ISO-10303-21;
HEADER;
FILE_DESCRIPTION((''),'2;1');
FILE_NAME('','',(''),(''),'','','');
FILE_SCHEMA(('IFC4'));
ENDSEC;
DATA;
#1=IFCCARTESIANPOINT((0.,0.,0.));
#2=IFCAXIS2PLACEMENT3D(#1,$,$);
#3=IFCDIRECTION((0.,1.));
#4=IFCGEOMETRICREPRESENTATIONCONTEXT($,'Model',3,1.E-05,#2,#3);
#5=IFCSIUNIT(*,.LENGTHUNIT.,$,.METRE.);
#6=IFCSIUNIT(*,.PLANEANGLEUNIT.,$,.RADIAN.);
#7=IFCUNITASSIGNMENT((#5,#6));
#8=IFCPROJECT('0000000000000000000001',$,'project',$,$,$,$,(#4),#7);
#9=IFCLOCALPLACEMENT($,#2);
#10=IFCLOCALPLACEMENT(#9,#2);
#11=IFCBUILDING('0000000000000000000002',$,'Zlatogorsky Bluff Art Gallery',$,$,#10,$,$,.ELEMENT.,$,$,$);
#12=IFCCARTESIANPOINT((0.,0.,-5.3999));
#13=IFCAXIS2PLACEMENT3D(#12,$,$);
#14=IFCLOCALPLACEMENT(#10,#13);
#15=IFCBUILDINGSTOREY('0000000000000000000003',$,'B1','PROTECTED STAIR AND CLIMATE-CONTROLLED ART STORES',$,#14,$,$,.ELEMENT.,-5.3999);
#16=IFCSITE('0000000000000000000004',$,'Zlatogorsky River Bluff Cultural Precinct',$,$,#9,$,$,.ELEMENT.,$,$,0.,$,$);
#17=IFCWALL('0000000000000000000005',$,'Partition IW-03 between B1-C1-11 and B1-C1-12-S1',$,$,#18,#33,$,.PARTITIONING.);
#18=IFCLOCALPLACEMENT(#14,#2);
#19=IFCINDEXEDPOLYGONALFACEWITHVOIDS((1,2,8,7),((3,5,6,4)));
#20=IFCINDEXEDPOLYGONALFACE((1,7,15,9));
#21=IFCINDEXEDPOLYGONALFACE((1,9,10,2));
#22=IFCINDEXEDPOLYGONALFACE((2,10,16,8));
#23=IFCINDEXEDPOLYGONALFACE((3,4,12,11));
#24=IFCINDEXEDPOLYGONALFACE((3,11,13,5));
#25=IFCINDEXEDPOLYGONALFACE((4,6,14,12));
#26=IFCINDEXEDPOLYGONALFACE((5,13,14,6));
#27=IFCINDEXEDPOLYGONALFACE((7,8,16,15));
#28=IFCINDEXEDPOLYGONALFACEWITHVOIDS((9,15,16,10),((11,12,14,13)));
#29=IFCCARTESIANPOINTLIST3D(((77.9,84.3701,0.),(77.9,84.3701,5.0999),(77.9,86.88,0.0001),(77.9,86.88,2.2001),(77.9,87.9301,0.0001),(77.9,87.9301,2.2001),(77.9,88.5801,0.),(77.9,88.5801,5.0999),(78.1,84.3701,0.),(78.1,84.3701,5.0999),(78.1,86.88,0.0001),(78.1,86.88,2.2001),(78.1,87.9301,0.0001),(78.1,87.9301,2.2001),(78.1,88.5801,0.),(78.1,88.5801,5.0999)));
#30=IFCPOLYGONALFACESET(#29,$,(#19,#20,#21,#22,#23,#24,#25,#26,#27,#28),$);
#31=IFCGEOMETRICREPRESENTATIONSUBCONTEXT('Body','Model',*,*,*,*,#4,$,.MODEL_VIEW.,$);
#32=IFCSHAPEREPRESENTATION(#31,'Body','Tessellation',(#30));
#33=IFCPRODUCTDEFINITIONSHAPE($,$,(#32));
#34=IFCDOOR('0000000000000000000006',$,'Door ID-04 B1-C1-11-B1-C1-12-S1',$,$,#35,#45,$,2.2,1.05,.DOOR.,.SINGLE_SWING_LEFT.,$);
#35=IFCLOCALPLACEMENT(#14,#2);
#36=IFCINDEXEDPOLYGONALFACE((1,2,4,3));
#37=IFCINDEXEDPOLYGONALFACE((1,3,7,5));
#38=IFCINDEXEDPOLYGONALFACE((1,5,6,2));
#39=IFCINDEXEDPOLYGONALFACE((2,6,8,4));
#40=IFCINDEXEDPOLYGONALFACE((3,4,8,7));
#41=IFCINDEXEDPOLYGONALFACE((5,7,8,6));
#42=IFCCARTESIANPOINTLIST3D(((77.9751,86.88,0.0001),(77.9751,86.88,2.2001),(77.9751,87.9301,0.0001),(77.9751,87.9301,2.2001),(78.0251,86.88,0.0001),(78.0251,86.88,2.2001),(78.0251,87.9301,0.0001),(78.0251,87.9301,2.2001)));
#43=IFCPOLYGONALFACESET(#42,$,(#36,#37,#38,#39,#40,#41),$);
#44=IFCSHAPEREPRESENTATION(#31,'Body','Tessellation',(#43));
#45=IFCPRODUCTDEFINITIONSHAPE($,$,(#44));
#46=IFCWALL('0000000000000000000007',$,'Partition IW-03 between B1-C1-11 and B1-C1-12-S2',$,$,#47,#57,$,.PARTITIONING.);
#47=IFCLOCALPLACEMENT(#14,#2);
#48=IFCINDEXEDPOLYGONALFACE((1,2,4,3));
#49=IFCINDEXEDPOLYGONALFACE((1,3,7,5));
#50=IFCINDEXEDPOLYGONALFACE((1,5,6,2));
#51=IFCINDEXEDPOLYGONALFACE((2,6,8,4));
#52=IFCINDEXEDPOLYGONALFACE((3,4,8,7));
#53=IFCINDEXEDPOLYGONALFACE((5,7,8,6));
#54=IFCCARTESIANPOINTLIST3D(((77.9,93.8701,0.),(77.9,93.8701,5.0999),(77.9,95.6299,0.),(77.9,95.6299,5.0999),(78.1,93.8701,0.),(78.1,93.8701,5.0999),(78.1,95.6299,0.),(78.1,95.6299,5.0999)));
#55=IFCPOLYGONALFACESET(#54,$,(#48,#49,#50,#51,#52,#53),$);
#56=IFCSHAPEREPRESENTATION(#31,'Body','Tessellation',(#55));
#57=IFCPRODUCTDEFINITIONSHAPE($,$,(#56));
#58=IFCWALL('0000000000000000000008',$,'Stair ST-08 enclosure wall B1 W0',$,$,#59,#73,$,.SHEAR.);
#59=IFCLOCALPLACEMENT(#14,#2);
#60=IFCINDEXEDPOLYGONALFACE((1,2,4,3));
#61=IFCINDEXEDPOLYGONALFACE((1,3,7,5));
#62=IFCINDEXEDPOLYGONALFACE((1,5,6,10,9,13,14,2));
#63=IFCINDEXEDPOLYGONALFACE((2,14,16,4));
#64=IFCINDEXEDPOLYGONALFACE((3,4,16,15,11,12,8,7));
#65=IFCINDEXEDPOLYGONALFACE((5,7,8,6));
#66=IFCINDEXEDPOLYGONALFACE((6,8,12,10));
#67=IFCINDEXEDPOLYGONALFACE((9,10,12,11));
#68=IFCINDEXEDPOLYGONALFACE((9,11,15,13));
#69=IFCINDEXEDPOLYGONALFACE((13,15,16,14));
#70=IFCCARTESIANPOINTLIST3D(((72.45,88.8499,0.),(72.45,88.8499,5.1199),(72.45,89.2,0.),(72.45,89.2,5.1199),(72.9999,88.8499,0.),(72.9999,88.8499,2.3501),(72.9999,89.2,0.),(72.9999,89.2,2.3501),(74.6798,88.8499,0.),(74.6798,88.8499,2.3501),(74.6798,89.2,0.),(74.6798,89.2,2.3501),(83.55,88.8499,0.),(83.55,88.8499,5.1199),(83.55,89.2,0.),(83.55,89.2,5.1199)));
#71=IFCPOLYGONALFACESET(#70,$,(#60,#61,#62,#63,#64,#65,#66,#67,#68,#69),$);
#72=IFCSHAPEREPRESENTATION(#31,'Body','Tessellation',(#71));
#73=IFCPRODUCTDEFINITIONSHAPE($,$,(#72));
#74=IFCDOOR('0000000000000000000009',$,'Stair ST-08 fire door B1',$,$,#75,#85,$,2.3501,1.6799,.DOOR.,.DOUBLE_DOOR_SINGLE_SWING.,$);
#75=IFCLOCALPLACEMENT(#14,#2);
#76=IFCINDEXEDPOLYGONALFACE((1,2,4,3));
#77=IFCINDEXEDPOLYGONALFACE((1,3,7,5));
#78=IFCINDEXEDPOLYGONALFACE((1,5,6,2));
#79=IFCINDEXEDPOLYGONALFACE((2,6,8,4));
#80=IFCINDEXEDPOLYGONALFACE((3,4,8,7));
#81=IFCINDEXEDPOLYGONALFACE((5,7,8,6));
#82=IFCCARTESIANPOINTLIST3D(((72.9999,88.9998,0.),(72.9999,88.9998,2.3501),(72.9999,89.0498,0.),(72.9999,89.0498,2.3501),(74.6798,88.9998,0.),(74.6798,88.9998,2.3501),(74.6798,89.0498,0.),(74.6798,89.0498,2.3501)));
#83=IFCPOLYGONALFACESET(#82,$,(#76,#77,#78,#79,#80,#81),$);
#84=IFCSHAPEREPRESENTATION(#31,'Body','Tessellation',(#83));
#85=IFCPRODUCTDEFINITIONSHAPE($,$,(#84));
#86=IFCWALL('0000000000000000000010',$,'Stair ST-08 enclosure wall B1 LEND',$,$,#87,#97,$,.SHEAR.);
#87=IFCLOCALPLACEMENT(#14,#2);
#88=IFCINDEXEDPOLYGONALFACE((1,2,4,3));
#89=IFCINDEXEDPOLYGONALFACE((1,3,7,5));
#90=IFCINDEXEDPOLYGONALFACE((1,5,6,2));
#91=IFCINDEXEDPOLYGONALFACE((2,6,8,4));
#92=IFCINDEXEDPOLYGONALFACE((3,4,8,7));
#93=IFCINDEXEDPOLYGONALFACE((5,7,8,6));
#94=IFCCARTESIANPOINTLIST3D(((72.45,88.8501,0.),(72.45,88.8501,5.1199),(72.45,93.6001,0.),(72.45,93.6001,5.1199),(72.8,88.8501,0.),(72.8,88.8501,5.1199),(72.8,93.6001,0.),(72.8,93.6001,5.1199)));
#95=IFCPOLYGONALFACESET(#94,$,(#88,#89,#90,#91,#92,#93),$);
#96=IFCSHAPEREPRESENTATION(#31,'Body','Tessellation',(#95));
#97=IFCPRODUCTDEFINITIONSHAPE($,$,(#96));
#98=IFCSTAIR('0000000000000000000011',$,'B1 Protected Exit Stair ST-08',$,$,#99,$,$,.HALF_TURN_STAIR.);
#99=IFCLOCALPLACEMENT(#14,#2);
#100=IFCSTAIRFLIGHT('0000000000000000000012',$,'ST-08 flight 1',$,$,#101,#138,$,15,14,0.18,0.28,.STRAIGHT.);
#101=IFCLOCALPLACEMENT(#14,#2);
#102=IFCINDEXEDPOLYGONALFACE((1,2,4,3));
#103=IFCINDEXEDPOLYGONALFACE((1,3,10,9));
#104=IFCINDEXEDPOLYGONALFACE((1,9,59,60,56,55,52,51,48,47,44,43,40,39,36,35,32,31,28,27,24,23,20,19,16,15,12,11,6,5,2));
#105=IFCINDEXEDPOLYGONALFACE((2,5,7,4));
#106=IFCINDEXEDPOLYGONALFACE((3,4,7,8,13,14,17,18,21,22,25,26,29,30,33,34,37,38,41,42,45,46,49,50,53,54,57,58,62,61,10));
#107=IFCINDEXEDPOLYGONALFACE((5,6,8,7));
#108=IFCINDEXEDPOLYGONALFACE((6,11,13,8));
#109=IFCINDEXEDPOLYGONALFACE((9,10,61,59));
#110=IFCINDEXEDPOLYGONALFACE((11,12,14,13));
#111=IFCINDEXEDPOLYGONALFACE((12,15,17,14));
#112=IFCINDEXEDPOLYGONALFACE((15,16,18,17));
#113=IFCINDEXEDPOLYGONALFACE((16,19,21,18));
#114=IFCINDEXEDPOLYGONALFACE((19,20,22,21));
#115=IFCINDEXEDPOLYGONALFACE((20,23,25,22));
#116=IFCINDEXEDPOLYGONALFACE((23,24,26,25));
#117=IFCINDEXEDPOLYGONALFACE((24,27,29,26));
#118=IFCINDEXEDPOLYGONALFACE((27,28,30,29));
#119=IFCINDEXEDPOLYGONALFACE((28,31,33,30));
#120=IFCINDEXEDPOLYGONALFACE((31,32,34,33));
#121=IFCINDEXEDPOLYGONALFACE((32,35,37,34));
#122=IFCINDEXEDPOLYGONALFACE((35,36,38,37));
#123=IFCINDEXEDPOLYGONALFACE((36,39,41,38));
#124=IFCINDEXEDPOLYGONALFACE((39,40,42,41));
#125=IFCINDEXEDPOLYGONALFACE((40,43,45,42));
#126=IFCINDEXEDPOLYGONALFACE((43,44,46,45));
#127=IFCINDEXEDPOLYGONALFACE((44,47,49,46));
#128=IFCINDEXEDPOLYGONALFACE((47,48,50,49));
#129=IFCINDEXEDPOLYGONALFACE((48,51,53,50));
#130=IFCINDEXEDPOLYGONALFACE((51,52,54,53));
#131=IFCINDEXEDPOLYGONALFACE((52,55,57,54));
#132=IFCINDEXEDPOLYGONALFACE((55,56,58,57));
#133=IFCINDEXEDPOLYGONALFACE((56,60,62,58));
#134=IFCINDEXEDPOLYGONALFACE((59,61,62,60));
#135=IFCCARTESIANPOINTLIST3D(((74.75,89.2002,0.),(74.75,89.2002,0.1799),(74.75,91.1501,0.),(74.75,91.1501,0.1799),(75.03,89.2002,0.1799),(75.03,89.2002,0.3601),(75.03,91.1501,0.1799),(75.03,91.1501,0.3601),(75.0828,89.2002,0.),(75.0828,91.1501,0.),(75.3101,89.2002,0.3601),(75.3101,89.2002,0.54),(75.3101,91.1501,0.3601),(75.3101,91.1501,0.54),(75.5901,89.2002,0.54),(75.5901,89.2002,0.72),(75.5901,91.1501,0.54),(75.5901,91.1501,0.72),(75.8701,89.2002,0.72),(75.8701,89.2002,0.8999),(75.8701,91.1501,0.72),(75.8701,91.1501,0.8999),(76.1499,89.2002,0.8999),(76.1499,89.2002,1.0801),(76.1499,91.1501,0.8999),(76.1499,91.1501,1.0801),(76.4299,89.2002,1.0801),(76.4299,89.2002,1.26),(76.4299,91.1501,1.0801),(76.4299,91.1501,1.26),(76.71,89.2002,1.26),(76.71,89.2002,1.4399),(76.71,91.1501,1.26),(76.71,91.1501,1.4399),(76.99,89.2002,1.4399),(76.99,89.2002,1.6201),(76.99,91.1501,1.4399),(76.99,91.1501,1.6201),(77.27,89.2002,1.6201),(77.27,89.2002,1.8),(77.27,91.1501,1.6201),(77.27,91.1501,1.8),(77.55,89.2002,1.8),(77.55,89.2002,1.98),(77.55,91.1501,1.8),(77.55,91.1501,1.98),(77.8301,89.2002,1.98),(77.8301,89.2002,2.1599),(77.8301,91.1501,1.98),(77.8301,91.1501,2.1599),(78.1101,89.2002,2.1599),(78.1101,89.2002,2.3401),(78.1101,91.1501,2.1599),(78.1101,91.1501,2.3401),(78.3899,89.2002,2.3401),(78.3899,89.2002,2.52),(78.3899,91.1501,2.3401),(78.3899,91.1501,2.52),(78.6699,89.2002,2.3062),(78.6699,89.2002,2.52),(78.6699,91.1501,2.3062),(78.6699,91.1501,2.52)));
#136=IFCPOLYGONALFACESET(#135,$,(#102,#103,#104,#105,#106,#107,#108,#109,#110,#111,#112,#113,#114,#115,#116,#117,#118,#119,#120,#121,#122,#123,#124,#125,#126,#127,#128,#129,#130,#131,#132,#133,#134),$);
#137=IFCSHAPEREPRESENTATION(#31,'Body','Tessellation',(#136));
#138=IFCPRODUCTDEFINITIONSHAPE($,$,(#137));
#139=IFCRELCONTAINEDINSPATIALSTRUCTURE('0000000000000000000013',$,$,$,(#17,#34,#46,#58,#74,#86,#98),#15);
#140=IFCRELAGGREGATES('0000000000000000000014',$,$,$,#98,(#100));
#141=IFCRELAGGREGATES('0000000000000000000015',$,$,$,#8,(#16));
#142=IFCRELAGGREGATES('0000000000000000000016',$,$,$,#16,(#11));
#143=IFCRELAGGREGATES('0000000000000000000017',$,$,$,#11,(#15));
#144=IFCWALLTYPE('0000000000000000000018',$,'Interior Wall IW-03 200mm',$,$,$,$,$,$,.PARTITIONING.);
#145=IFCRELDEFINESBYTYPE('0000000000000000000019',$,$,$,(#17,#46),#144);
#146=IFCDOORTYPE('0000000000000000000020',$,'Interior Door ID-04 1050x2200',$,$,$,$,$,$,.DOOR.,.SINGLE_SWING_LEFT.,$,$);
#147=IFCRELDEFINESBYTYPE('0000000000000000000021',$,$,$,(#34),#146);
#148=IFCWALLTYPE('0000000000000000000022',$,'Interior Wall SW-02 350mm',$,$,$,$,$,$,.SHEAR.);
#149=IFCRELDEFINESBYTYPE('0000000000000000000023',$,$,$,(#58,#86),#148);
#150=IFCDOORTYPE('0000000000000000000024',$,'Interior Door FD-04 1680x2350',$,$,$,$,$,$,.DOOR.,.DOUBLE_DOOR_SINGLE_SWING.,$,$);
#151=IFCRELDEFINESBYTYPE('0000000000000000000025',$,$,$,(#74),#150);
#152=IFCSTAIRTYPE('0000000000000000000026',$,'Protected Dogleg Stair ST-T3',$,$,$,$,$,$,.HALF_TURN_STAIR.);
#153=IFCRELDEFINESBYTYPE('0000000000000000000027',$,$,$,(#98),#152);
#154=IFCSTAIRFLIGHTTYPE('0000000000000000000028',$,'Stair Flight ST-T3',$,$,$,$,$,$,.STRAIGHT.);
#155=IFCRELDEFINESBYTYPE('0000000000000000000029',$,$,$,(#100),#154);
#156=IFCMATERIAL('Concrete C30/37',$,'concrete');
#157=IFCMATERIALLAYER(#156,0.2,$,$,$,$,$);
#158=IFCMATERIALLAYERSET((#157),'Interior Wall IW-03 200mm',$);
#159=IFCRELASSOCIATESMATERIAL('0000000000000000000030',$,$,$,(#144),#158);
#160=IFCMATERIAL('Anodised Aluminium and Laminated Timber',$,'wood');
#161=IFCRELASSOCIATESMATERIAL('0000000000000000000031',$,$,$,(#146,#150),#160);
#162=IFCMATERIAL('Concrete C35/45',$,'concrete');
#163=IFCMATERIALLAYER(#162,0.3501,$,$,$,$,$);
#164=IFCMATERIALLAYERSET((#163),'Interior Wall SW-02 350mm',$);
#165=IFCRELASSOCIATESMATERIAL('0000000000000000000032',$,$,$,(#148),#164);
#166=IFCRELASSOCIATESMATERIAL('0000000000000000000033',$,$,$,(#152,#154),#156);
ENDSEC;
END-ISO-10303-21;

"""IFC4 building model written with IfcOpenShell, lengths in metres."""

from ifc_helpers import new_model, si_unit, direction, frame, frame_2d, origin, place, context, subcontext, project, spatial, polyline, rectangle, outline, extrude, material, layer, layer_set, type_object, element, fill, aggregate, save


model = new_model("IFC4")

# Units and contexts
model_context = context("Model", 3, precision=1e-05, world=origin(), true_north=direction((0.0, 1.0)))
body_context = subcontext(model_context, "Body", "Model", "MODEL_VIEW")
ifc_project = project(units=[si_unit("LENGTHUNIT", "METRE"), si_unit("PLANEANGLEUNIT", "RADIAN")], contexts=[model_context])

# Site, building, storey
site_placement = place(None, origin())
site = spatial("IfcSite", under=ifc_project, at=site_placement, Name="Zlatogorsky River Bluff Cultural Precinct", CompositionType="ELEMENT", RefElevation=0.0)
building_placement = place(site_placement, origin())
building = spatial("IfcBuilding", under=site, at=building_placement, Name="Zlatogorsky Bluff Art Gallery", CompositionType="ELEMENT")
storey_placement = place(building_placement, frame((0.0, 0.0, -5.3999)))
storey = spatial("IfcBuildingStorey", under=building, at=storey_placement, Name="B1", Description="PROTECTED STAIR AND CLIMATE-CONTROLLED ART STORES", CompositionType="ELEMENT", Elevation=-5.3999)

# Shared definitions
ifc_material_1 = material(Name="Concrete C35/45", Category="concrete")

# Wall, opening, door
ifc_material_2 = material(Name="Concrete C30/37", Category="concrete")
ifc_layer_1 = layer(ifc_material_2, 0.2)
ifc_layer_set_1 = layer_set([ifc_layer_1], Name="Interior Wall IW-03 200mm")
wall_type_1 = type_object("IfcWallType", Name="Interior Wall IW-03 200mm", PredefinedType="PARTITIONING", material=ifc_layer_set_1)
wall_1_placement = place(storey_placement, frame((78.0, 84.3701, 0.0), z_axis=(0.0, 0.0, 1.0), x_axis=(0.0, 1.0, 0.0)))
wall_1 = element("IfcWall", 1, at=wall_1_placement, inside=storey, type_object=wall_type_1, Name="Partition IW-03 between B1-C1-11 and B1-C1-12-S1", PredefinedType="PARTITIONING", context=body_context, shape_type="SweptSolid", body=[
    extrude(rectangle(XDim=4.21, YDim=0.2, at=frame_2d((2.105, 0.0))), origin(), (0.0, 0.0, 1.0), 5.0999),
])
opening_1_placement = place(wall_1_placement, frame((2.51, 0.0, 0.0)))
opening_1 = element("IfcOpeningElement", 2, at=opening_1_placement, cuts=wall_1, PredefinedType="OPENING", context=body_context, shape_type="SweptSolid", body=[
    extrude(rectangle(XDim=1.05, YDim=2.2, at=frame_2d((0.5249, 1.1001))), frame((0.0, 0.1099, 0.0), z_axis=(0.0, -1.0, 0.0), x_axis=(1.0, 0.0, 0.0)), (0.0, 0.0, 1.0), 0.22),
])
ifc_material_3 = material(Name="Anodised Aluminium and Laminated Timber", Category="wood")
door_type_1 = type_object("IfcDoorType", Name="Interior Door ID-04 1050x2200", OperationType="SINGLE_SWING_LEFT", PredefinedType="DOOR", material=ifc_material_3)
door_1_placement = place(opening_1_placement, origin())
door_1 = element("IfcDoor", 3, at=door_1_placement, inside=storey, type_object=door_type_1, Name="Door ID-04 B1-C1-11-B1-C1-12-S1", OperationType="SINGLE_SWING_LEFT", OverallHeight=2.2, OverallWidth=1.05, PredefinedType="DOOR", context=body_context, shape_type="SweptSolid", body=[
    extrude(rectangle(XDim=1.05, YDim=2.2, at=frame_2d((0.5249, 1.1001))), frame((0.0, 0.0249, 0.0), z_axis=(0.0, -1.0, 0.0), x_axis=(1.0, 0.0, 0.0)), (0.0, 0.0, 1.0), 0.05),
])
fill(opening_1, door_1)

# Wall
wall_2_placement = place(storey_placement, frame((78.0, 93.8701, 0.0), z_axis=(0.0, 0.0, 1.0), x_axis=(0.0, 1.0, 0.0)))
element("IfcWall", 4, at=wall_2_placement, inside=storey, type_object=wall_type_1, Name="Partition IW-03 between B1-C1-11 and B1-C1-12-S2", PredefinedType="PARTITIONING", context=body_context, shape_type="SweptSolid", body=[
    extrude(rectangle(XDim=1.7598, YDim=0.2, at=frame_2d((0.8799, 0.0))), origin(), (0.0, 0.0, 1.0), 5.0999),
])

# Wall, opening, door
ifc_layer_2 = layer(ifc_material_1, 0.3501)
ifc_layer_set_2 = layer_set([ifc_layer_2], Name="Interior Wall SW-02 350mm")
wall_type_2 = type_object("IfcWallType", Name="Interior Wall SW-02 350mm", PredefinedType="SHEAR", material=ifc_layer_set_2)
wall_3_placement = place(storey_placement, frame((72.45, 89.0249, 0.0), z_axis=(0.0, 0.0, 1.0), x_axis=(1.0, 0.0, 0.0)))
wall_3 = element("IfcWall", 5, at=wall_3_placement, inside=storey, type_object=wall_type_2, Name="Stair ST-08 enclosure wall B1 W0", PredefinedType="SHEAR", context=body_context, shape_type="SweptSolid", body=[
    extrude(rectangle(XDim=11.1001, YDim=0.3501, at=frame_2d((5.55, 0.0))), origin(), (0.0, 0.0, 1.0), 5.1199),
])
opening_2_placement = place(wall_3_placement, frame((0.55, 0.0, 0.0)))
opening_2 = element("IfcOpeningElement", 6, at=opening_2_placement, cuts=wall_3, PredefinedType="OPENING", context=body_context, shape_type="SweptSolid", body=[
    extrude(rectangle(XDim=1.6799, YDim=2.3501, at=frame_2d((0.8398, 1.175))), frame((0.0, 0.1851, 0.0), z_axis=(0.0, -1.0, 0.0), x_axis=(1.0, 0.0, 0.0)), (0.0, 0.0, 1.0), 0.3701),
])
door_type_2 = type_object("IfcDoorType", Name="Interior Door FD-04 1680x2350", OperationType="DOUBLE_DOOR_SINGLE_SWING", PredefinedType="DOOR", material=ifc_material_3)
door_2_placement = place(opening_2_placement, origin())
door_2 = element("IfcDoor", 7, at=door_2_placement, inside=storey, type_object=door_type_2, Name="Stair ST-08 fire door B1", OperationType="DOUBLE_DOOR_SINGLE_SWING", OverallHeight=2.3501, OverallWidth=1.6799, PredefinedType="DOOR", context=body_context, shape_type="SweptSolid", body=[
    extrude(rectangle(XDim=1.6799, YDim=2.3501, at=frame_2d((0.8398, 1.175))), frame((0.0, 0.0249, 0.0), z_axis=(0.0, -1.0, 0.0), x_axis=(1.0, 0.0, 0.0)), (0.0, 0.0, 1.0), 0.05),
])
fill(opening_2, door_2)

# Wall
wall_4_placement = place(storey_placement, frame((72.625, 93.6001, 0.0), z_axis=(0.0, 0.0, 1.0), x_axis=(0.0, -1.0, 0.0)))
element("IfcWall", 8, at=wall_4_placement, inside=storey, type_object=wall_type_2, Name="Stair ST-08 enclosure wall B1 LEND", PredefinedType="SHEAR", context=body_context, shape_type="SweptSolid", body=[
    extrude(rectangle(XDim=4.75, YDim=0.3501, at=frame_2d((2.375, 0.0))), origin(), (0.0, 0.0, 1.0), 5.1199),
])

# Stair, stair flight
stair_type = type_object("IfcStairType", Name="Protected Dogleg Stair ST-T3", PredefinedType="HALF_TURN_STAIR", material=ifc_material_2)
stair_placement = place(storey_placement, origin())
stair = element("IfcStair", 9, at=stair_placement, inside=storey, type_object=stair_type, Name="B1 Protected Exit Stair ST-08", PredefinedType="HALF_TURN_STAIR")
stair_flight_type = type_object("IfcStairFlightType", Name="Stair Flight ST-T3", PredefinedType="STRAIGHT", material=ifc_material_2)
stair_flight_placement = place(storey_placement, frame((74.75, 90.175, 0.0), z_axis=(0.0, 0.0, 1.0), x_axis=(1.0, 0.0, 0.0)))
stair_flight = element("IfcStairFlight", 10, at=stair_flight_placement, type_object=stair_flight_type, Name="ST-08 flight 1", NumberOfRisers=15, NumberOfTreads=14, PredefinedType="STRAIGHT", RiserHeight=0.18, TreadLength=0.28, context=body_context, shape_type="SweptSolid", body=[
    extrude(outline(polyline([(0.0, 0.0), (0.0, 0.1799), (0.28, 0.1799), (0.28, 0.3601), (0.5601, 0.3601), (0.5601, 0.54), (0.8401, 0.54), (0.8401, 0.72), (1.1201, 0.72), (1.1201, 0.8999), (1.3999, 0.8999), (1.3999, 1.0801), (1.6799, 1.0801), (1.6799, 1.26), (1.96, 1.26), (1.96, 1.4399), (2.24, 1.4399), (2.24, 1.6201), (2.52, 1.6201), (2.52, 1.8), (2.8, 1.8), (2.8, 1.98), (3.0801, 1.98), (3.0801, 2.1599), (3.3601, 2.1599), (3.3601, 2.3401), (3.6399, 2.3401), (3.6399, 2.52), (3.9199, 2.52), (3.9199, 2.7), (3.9199, 2.3062), (0.3328, 0.0), (0.0, 0.0)])), frame((0.0, 0.9751, 0.0), z_axis=(0.0, -1.0, 0.0), x_axis=(1.0, 0.0, 0.0)), (0.0, 0.0, 1.0), 1.95),
])
aggregate(stair, [stair_flight])

save(model, "model.ifc")
